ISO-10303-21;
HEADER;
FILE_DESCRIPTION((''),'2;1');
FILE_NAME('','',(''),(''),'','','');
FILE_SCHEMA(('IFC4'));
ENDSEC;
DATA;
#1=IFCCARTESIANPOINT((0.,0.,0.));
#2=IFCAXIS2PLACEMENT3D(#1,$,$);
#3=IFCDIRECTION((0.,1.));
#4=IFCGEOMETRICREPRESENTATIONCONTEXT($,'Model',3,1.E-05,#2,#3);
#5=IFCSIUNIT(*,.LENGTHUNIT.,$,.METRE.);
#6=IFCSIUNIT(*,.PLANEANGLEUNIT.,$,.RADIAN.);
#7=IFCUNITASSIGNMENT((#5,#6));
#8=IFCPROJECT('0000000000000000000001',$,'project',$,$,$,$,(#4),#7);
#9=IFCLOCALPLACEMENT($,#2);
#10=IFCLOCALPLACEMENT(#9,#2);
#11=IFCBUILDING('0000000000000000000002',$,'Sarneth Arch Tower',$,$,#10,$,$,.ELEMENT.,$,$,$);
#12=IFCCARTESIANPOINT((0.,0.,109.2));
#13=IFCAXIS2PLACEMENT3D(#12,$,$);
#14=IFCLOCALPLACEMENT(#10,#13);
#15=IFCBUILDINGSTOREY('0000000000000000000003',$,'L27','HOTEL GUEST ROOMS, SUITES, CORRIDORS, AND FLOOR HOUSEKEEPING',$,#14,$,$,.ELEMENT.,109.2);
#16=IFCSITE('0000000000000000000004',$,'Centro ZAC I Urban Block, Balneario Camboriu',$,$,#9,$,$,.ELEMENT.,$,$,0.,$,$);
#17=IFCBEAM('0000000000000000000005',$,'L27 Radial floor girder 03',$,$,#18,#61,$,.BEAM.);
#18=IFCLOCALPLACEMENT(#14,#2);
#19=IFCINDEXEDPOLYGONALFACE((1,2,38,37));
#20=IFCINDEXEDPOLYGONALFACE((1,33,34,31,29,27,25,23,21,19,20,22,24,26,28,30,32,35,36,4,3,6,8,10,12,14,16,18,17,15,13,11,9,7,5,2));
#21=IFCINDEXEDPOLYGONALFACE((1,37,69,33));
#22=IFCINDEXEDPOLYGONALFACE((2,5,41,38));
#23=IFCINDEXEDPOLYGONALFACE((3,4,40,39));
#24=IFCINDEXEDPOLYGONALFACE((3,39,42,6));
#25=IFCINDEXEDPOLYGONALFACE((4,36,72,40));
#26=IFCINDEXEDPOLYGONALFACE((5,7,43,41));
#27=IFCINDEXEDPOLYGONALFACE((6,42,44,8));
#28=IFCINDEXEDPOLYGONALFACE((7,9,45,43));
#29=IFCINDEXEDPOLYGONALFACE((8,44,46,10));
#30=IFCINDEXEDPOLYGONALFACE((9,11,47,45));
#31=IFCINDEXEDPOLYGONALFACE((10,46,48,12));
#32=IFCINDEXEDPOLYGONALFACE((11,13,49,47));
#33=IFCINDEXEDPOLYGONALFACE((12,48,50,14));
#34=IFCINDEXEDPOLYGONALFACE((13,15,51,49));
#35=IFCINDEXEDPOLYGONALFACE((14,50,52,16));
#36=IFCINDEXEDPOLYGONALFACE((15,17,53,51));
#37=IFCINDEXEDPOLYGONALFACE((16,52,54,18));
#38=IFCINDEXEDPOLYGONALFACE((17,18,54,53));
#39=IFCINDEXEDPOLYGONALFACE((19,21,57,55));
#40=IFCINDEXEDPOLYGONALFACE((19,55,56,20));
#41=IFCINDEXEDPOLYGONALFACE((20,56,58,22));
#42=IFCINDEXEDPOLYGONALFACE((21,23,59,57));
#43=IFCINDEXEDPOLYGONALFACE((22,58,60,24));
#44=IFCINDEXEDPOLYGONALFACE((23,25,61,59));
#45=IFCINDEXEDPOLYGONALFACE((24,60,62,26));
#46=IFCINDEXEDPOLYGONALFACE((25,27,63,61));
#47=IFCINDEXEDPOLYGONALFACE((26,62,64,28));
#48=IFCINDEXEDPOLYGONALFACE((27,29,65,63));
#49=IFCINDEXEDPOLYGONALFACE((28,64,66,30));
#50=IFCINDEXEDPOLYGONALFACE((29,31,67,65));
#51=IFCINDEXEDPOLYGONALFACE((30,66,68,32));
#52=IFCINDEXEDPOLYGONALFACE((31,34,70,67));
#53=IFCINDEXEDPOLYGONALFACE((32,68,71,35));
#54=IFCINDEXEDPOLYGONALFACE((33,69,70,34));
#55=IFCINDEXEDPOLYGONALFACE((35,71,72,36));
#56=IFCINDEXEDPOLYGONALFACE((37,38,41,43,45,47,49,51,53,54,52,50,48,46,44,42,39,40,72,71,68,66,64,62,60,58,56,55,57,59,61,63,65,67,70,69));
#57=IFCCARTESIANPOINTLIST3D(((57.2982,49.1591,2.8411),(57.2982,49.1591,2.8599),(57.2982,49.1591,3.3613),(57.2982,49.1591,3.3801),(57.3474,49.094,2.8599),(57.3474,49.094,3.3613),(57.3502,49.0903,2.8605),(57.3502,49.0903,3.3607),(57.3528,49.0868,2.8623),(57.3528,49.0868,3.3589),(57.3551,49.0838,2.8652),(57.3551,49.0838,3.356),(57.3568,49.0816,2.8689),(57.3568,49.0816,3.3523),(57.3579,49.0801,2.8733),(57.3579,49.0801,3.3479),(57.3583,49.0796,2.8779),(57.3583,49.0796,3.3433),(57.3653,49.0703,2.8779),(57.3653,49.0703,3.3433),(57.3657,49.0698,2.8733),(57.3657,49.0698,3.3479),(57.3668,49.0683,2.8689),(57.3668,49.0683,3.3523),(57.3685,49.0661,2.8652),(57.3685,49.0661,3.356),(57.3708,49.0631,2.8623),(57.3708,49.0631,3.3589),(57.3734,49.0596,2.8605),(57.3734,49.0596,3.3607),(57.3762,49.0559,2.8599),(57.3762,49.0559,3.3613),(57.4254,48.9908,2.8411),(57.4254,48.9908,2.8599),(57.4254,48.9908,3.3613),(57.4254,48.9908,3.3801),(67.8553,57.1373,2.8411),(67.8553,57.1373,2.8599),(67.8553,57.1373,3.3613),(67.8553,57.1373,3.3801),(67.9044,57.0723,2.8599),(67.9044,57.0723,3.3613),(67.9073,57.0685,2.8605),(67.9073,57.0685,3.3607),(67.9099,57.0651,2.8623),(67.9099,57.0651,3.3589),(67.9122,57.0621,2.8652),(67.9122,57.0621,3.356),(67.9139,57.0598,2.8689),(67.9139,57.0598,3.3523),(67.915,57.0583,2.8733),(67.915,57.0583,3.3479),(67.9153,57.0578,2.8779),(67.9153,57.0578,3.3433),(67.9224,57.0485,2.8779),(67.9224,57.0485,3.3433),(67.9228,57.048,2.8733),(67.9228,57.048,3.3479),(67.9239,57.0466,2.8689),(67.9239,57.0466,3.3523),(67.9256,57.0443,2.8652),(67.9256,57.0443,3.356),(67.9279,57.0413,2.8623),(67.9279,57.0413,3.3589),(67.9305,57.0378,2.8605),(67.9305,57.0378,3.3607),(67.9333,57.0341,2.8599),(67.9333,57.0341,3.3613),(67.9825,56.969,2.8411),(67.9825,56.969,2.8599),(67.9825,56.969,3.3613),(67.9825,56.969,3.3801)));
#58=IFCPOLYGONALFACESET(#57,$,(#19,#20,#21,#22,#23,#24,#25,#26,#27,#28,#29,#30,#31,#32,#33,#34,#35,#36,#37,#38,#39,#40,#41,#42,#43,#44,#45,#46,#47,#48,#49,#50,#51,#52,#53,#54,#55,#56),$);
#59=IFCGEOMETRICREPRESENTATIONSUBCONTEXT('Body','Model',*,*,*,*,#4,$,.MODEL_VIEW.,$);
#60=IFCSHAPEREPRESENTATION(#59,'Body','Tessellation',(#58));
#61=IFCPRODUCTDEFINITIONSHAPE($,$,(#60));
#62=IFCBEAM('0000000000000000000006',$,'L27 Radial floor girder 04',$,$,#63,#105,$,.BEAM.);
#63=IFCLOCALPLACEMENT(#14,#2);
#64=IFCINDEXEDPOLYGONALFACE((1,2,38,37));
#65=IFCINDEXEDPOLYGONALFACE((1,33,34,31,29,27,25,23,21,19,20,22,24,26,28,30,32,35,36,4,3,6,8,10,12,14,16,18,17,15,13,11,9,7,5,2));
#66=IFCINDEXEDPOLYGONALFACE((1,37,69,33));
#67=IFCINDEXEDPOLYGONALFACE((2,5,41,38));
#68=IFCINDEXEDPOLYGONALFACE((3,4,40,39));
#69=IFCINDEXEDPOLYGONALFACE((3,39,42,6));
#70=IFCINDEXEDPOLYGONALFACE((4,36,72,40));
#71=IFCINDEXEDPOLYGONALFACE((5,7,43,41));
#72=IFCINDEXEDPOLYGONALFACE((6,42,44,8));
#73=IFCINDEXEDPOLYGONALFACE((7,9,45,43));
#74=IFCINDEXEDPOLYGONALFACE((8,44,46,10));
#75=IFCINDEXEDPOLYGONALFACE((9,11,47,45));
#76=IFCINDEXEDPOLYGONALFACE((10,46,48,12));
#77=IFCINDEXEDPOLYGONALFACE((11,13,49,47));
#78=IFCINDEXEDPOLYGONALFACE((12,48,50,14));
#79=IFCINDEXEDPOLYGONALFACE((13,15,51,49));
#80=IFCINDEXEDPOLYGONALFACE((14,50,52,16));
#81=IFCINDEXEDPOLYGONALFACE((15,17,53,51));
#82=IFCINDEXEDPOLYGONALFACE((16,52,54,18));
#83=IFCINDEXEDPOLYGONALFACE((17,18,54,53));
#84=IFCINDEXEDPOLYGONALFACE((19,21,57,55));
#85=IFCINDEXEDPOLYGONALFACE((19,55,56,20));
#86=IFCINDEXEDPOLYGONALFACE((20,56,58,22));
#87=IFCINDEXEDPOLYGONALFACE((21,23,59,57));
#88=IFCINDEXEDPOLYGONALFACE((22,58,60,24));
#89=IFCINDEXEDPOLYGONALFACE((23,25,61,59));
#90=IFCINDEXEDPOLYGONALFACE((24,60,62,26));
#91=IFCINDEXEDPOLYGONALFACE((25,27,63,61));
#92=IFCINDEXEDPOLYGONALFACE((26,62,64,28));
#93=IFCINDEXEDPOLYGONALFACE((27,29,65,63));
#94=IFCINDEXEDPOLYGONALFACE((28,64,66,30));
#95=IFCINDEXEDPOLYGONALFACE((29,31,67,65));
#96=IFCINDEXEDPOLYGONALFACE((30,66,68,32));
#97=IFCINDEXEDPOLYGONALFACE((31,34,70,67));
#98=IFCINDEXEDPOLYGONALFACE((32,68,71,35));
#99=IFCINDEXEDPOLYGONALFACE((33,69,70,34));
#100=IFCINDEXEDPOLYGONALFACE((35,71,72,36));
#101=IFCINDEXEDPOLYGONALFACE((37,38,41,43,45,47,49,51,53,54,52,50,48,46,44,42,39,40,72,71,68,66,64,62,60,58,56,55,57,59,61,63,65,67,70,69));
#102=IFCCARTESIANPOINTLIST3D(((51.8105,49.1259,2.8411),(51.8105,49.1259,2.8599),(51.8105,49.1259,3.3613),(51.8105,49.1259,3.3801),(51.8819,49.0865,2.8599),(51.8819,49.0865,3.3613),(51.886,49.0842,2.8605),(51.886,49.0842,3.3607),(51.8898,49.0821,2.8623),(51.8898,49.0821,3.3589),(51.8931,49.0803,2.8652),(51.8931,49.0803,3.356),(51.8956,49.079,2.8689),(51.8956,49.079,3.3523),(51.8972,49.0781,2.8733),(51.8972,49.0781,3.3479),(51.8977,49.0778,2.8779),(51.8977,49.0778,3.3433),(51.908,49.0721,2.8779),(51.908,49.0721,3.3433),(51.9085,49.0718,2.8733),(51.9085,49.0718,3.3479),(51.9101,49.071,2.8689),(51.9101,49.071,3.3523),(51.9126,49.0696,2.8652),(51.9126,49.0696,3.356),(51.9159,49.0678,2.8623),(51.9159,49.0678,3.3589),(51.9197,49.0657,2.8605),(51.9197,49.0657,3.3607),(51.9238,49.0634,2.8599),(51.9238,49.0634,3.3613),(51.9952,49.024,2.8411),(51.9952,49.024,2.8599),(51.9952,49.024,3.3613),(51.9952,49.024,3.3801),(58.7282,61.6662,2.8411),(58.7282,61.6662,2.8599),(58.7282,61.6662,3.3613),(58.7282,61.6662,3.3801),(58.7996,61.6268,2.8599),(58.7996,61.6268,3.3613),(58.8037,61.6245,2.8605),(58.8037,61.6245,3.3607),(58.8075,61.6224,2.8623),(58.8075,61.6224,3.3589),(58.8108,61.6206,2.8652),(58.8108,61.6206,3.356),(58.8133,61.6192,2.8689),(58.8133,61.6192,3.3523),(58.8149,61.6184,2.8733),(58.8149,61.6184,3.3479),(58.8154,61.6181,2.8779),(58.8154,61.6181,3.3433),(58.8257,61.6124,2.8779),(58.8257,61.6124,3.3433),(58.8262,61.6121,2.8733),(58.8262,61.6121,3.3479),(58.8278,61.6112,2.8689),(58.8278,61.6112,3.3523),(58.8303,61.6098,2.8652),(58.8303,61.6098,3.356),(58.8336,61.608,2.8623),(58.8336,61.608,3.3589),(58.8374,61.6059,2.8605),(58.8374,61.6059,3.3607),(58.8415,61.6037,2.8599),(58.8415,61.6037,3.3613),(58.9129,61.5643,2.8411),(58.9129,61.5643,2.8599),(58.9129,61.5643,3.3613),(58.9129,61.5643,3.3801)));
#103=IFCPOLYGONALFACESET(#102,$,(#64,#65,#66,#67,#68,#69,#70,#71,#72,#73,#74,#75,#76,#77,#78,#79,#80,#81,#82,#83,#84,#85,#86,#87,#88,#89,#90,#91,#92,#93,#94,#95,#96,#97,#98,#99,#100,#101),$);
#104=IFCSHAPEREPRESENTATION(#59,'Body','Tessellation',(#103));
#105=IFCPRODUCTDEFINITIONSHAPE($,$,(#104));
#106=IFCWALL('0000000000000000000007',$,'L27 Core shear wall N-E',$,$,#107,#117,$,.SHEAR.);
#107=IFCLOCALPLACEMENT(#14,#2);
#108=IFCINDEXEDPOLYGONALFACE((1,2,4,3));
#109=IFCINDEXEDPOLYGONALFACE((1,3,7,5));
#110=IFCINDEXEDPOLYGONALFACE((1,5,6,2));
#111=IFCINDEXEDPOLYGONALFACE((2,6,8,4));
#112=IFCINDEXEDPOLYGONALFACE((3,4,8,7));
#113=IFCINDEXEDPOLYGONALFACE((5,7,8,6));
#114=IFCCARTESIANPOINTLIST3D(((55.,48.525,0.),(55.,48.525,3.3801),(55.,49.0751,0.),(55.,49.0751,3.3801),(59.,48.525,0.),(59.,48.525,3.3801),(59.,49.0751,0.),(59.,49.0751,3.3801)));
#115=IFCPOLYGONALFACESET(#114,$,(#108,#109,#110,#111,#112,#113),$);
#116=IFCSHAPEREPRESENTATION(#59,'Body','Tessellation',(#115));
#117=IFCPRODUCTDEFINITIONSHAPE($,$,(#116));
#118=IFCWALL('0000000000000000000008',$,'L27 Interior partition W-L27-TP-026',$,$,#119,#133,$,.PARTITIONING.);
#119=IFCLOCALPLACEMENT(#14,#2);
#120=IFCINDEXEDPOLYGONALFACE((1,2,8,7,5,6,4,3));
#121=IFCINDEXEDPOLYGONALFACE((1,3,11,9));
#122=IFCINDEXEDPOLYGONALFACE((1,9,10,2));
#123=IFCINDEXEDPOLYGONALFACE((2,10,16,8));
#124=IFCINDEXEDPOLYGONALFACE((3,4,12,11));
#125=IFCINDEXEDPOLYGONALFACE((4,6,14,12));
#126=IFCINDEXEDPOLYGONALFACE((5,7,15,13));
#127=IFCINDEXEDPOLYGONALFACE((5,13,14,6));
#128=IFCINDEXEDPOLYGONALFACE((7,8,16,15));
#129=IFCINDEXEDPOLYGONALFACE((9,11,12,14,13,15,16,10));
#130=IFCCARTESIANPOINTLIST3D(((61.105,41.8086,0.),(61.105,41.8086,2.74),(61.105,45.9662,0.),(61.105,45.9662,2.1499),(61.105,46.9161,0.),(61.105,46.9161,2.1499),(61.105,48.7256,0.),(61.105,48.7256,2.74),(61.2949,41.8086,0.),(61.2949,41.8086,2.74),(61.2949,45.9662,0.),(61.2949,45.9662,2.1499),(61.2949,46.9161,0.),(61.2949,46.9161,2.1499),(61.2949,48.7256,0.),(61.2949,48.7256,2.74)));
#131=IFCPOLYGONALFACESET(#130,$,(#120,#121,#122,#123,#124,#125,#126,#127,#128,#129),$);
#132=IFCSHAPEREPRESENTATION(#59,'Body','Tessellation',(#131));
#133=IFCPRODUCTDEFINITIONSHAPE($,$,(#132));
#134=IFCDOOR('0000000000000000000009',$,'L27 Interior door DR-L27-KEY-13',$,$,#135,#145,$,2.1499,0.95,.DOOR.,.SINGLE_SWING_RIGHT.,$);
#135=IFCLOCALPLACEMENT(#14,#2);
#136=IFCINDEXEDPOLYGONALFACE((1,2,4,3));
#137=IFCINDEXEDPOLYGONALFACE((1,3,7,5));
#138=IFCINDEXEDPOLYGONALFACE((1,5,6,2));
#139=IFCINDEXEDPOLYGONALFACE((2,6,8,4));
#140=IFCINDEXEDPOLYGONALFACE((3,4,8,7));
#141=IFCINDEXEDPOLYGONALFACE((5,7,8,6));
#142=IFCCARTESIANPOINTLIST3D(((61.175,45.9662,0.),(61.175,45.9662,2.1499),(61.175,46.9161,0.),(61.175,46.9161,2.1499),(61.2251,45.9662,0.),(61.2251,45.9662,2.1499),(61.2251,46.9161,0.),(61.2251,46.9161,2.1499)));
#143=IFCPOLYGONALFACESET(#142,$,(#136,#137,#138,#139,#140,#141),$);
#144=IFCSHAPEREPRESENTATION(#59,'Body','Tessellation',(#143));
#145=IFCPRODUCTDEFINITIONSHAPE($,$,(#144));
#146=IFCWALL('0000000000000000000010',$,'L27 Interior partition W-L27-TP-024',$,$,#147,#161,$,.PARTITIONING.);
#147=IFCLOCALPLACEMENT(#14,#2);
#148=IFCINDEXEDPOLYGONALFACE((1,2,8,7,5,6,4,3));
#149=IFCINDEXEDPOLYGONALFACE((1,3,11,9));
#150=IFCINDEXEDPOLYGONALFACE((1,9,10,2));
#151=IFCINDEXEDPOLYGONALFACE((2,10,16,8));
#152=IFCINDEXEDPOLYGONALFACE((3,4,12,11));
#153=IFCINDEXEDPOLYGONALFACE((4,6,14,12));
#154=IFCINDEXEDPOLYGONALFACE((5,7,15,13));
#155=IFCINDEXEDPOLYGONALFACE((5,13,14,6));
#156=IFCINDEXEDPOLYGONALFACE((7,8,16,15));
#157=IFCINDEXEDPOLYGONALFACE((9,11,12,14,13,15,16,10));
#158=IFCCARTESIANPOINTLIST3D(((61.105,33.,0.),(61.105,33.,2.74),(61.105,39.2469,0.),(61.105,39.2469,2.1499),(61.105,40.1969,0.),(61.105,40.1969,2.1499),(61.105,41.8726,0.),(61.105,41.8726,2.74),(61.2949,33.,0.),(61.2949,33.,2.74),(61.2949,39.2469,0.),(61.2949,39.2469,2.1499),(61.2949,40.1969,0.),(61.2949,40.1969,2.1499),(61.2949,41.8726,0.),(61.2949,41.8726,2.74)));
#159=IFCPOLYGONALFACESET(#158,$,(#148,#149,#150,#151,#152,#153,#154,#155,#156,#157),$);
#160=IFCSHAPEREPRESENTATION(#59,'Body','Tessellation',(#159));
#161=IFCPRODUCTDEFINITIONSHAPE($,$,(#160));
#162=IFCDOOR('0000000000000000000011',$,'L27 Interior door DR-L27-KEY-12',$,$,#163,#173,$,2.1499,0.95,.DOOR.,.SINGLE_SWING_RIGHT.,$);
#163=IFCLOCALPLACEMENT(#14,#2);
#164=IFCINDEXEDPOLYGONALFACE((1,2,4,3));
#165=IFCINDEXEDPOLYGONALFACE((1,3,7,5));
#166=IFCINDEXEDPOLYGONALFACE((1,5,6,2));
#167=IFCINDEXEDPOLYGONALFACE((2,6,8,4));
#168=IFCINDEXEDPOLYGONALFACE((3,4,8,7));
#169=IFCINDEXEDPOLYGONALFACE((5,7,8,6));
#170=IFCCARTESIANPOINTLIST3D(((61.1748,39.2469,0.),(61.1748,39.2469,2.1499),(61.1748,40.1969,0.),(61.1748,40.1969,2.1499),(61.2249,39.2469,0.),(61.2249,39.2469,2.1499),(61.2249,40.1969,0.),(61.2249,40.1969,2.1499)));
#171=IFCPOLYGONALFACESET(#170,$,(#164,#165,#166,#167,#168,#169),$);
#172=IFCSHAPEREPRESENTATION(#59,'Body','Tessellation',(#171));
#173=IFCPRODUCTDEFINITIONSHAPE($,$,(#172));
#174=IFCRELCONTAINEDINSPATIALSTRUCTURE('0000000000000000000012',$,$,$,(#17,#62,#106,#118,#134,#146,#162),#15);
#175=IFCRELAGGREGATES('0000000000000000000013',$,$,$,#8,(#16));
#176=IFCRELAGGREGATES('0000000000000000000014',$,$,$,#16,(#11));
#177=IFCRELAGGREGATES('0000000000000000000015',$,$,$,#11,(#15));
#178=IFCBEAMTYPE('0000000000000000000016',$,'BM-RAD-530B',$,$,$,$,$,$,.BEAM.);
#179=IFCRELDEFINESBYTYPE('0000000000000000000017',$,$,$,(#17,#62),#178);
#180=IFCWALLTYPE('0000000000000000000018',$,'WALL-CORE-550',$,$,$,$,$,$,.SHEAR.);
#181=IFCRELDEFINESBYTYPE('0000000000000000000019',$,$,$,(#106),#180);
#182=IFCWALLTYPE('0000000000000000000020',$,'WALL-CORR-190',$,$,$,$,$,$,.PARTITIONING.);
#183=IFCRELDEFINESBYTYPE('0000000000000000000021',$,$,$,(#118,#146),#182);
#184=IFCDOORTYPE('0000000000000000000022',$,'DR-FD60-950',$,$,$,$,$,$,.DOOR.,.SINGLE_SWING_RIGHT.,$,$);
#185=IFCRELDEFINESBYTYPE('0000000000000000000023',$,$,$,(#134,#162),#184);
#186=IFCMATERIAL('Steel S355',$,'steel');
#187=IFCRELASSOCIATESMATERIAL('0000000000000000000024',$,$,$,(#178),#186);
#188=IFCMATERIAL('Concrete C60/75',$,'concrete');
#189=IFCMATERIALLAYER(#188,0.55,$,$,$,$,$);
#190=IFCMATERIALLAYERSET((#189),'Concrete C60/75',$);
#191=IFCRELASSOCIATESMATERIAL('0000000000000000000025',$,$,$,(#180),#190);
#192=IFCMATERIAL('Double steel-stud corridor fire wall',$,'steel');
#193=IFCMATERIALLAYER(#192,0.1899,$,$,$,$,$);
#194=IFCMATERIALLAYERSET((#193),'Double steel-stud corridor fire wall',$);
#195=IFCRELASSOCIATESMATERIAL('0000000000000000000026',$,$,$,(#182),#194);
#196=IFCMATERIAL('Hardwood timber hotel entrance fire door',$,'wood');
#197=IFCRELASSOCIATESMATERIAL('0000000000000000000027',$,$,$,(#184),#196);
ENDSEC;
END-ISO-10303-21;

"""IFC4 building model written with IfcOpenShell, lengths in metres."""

from ifc_helpers import new_model, si_unit, direction, frame, frame_2d, origin, origin_2d, place, context, subcontext, project, spatial, rectangle, i_section, extrude, material, layer, layer_set, material_profile, profile_set, type_object, element, fill, save


model = new_model("IFC4")

# Units and contexts
model_context = context("Model", 3, precision=1e-05, world=origin(), true_north=direction((0.0, 1.0)))
body_context = subcontext(model_context, "Body", "Model", "MODEL_VIEW")
ifc_project = project(units=[si_unit("LENGTHUNIT", "METRE"), si_unit("PLANEANGLEUNIT", "RADIAN")], contexts=[model_context])

# Site, building, storey
site_placement = place(None, origin())
site = spatial("IfcSite", under=ifc_project, at=site_placement, Name="Centro ZAC I Urban Block, Balneario Camboriu", CompositionType="ELEMENT", RefElevation=0.0)
building_placement = place(site_placement, origin())
building = spatial("IfcBuilding", under=site, at=building_placement, Name="Sarneth Arch Tower", CompositionType="ELEMENT")
storey_placement = place(building_placement, frame((0.0, 0.0, 109.2)))
storey = spatial("IfcBuildingStorey", under=building, at=storey_placement, Name="L27", Description="HOTEL GUEST ROOMS, SUITES, CORRIDORS, AND FLOOR HOUSEKEEPING", CompositionType="ELEMENT", Elevation=109.2)

# Beams
ifc_material_1 = material(Name="Steel S355", Category="steel")
ifc_material_profile_1 = material_profile(ifc_material_1, i_section(OverallWidth=0.2109, OverallDepth=0.5391, WebThickness=0.0117, FlangeThickness=0.0188, FilletRadius=0.0181, at=origin_2d()), Name="W530x109")
ifc_profile_set_1 = profile_set([ifc_material_profile_1], Name="Steel S355")
beam_type_1 = type_object("IfcBeamType", Name="BM-RAD-530B", PredefinedType="BEAM", material=ifc_profile_set_1)
beam_1_placement = place(storey_placement, frame((57.3618, 49.075, 3.1106), z_axis=(0.797803, 0.602918, 0.0), x_axis=(-0.602918, 0.797803, 0.0)))
element("IfcBeam", 1, at=beam_1_placement, inside=storey, type_object=beam_type_1, Name="L27 Radial floor girder 03", PredefinedType="BEAM", context=body_context, shape_type="SweptSolid", body=[
    extrude(i_section(OverallWidth=0.2109, OverallDepth=0.5391, WebThickness=0.0117, FlangeThickness=0.0188, FilletRadius=0.0181, at=origin_2d()), origin(), (0.0, 0.0, 1.0), 13.2327),
])
beam_2_placement = place(storey_placement, frame((51.9028, 49.075, 3.1106), z_axis=(0.483021, 0.875609, 0.0), x_axis=(-0.875609, 0.483021, 0.0)))
element("IfcBeam", 2, at=beam_2_placement, inside=storey, type_object=beam_type_1, Name="L27 Radial floor girder 04", PredefinedType="BEAM", context=body_context, shape_type="SweptSolid", body=[
    extrude(i_section(OverallWidth=0.2109, OverallDepth=0.5391, WebThickness=0.0117, FlangeThickness=0.0188, FilletRadius=0.0181, at=origin_2d()), origin(), (0.0, 0.0, 1.0), 14.3218),
])

# Wall
ifc_material_2 = material(Name="Concrete C60/75", Category="concrete")
ifc_layer_1 = layer(ifc_material_2, 0.55)
ifc_layer_set_1 = layer_set([ifc_layer_1], Name="Concrete C60/75")
wall_type_1 = type_object("IfcWallType", Name="WALL-CORE-550", PredefinedType="SHEAR", material=ifc_layer_set_1)
wall_1_placement = place(storey_placement, frame((55.0, 48.8, 0.0), z_axis=(0.0, 0.0, 1.0), x_axis=(1.0, 0.0, 0.0)))
element("IfcWall", 3, at=wall_1_placement, inside=storey, type_object=wall_type_1, Name="L27 Core shear wall N-E", PredefinedType="SHEAR", context=body_context, shape_type="SweptSolid", body=[
    extrude(rectangle(XDim=4.0, YDim=0.55, at=frame_2d((2.0, 0.0))), origin(), (0.0, 0.0, 1.0), 3.3801),
])

# Walls, openings, doors
ifc_material_3 = material(Name="Double steel-stud corridor fire wall", Category="steel")
ifc_layer_2 = layer(ifc_material_3, 0.1899)
ifc_layer_set_2 = layer_set([ifc_layer_2], Name="Double steel-stud corridor fire wall")
wall_type_2 = type_object("IfcWallType", Name="WALL-CORR-190", PredefinedType="PARTITIONING", material=ifc_layer_set_2)
wall_2_placement = place(storey_placement, frame((61.2, 41.8086, 0.0), z_axis=(0.0, 0.0, 1.0), x_axis=(0.0, 1.0, 0.0)))
wall_2 = element("IfcWall", 4, at=wall_2_placement, inside=storey, type_object=wall_type_2, Name="L27 Interior partition W-L27-TP-026", PredefinedType="PARTITIONING", context=body_context, shape_type="SweptSolid", body=[
    extrude(rectangle(XDim=6.917, YDim=0.1899, at=frame_2d((3.4585, 0.0))), origin(), (0.0, 0.0, 1.0), 2.74),
])
opening_1_placement = place(wall_2_placement, frame((4.1575, 0.0, 0.0)))
opening_1 = element("IfcOpeningElement", 5, at=opening_1_placement, cuts=wall_2, PredefinedType="OPENING", context=body_context, shape_type="SweptSolid", body=[
    extrude(rectangle(XDim=0.95, YDim=2.1499, at=frame_2d((0.4751, 1.075))), frame((0.0, 0.105, 0.0), z_axis=(0.0, -1.0, 0.0), x_axis=(1.0, 0.0, 0.0)), (0.0, 0.0, 1.0), 0.21),
])
ifc_material_4 = material(Name="Hardwood timber hotel entrance fire door", Category="wood")
door_type_1 = type_object("IfcDoorType", Name="DR-FD60-950", OperationType="SINGLE_SWING_RIGHT", PredefinedType="DOOR", material=ifc_material_4)
door_1_placement = place(opening_1_placement, origin())
door_1 = element("IfcDoor", 6, at=door_1_placement, inside=storey, type_object=door_type_1, Name="L27 Interior door DR-L27-KEY-13", OperationType="SINGLE_SWING_RIGHT", OverallHeight=2.1499, OverallWidth=0.95, PredefinedType="DOOR", context=body_context, shape_type="SweptSolid", body=[
    extrude(rectangle(XDim=0.95, YDim=2.1499, at=frame_2d((0.4751, 1.075))), frame((0.0, 0.0249, 0.0), z_axis=(0.0, -1.0, 0.0), x_axis=(1.0, 0.0, 0.0)), (0.0, 0.0, 1.0), 0.05),
])
fill(opening_1, door_1)
wall_3_placement = place(storey_placement, frame((61.2, 41.8726, 0.0), z_axis=(0.0, 0.0, 1.0), x_axis=(0.0, -1.0, 0.0)))
wall_3 = element("IfcWall", 7, at=wall_3_placement, inside=storey, type_object=wall_type_2, Name="L27 Interior partition W-L27-TP-024", PredefinedType="PARTITIONING", context=body_context, shape_type="SweptSolid", body=[
    extrude(rectangle(XDim=8.8726, YDim=0.1899, at=frame_2d((4.4363, 0.0))), origin(), (0.0, 0.0, 1.0), 2.74),
])
opening_2_placement = place(wall_3_placement, frame((1.6755, 0.0, 0.0)))
opening_2 = element("IfcOpeningElement", 8, at=opening_2_placement, cuts=wall_3, PredefinedType="OPENING", context=body_context, shape_type="SweptSolid", body=[
    extrude(rectangle(XDim=0.95, YDim=2.1499, at=frame_2d((0.4751, 1.075))), frame((0.0, 0.105, 0.0), z_axis=(0.0, -1.0, 0.0), x_axis=(1.0, 0.0, 0.0)), (0.0, 0.0, 1.0), 0.21),
])
door_2_placement = place(opening_2_placement, origin())
door_2 = element("IfcDoor", 9, at=door_2_placement, inside=storey, type_object=door_type_1, Name="L27 Interior door DR-L27-KEY-12", OperationType="SINGLE_SWING_RIGHT", OverallHeight=2.1499, OverallWidth=0.95, PredefinedType="DOOR", context=body_context, shape_type="SweptSolid", body=[
    extrude(rectangle(XDim=0.95, YDim=2.1499, at=frame_2d((0.4751, 1.075))), frame((0.0, 0.0249, 0.0), z_axis=(0.0, -1.0, 0.0), x_axis=(1.0, 0.0, 0.0)), (0.0, 0.0, 1.0), 0.05),
])
fill(opening_2, door_2)

save(model, "model.ifc")
